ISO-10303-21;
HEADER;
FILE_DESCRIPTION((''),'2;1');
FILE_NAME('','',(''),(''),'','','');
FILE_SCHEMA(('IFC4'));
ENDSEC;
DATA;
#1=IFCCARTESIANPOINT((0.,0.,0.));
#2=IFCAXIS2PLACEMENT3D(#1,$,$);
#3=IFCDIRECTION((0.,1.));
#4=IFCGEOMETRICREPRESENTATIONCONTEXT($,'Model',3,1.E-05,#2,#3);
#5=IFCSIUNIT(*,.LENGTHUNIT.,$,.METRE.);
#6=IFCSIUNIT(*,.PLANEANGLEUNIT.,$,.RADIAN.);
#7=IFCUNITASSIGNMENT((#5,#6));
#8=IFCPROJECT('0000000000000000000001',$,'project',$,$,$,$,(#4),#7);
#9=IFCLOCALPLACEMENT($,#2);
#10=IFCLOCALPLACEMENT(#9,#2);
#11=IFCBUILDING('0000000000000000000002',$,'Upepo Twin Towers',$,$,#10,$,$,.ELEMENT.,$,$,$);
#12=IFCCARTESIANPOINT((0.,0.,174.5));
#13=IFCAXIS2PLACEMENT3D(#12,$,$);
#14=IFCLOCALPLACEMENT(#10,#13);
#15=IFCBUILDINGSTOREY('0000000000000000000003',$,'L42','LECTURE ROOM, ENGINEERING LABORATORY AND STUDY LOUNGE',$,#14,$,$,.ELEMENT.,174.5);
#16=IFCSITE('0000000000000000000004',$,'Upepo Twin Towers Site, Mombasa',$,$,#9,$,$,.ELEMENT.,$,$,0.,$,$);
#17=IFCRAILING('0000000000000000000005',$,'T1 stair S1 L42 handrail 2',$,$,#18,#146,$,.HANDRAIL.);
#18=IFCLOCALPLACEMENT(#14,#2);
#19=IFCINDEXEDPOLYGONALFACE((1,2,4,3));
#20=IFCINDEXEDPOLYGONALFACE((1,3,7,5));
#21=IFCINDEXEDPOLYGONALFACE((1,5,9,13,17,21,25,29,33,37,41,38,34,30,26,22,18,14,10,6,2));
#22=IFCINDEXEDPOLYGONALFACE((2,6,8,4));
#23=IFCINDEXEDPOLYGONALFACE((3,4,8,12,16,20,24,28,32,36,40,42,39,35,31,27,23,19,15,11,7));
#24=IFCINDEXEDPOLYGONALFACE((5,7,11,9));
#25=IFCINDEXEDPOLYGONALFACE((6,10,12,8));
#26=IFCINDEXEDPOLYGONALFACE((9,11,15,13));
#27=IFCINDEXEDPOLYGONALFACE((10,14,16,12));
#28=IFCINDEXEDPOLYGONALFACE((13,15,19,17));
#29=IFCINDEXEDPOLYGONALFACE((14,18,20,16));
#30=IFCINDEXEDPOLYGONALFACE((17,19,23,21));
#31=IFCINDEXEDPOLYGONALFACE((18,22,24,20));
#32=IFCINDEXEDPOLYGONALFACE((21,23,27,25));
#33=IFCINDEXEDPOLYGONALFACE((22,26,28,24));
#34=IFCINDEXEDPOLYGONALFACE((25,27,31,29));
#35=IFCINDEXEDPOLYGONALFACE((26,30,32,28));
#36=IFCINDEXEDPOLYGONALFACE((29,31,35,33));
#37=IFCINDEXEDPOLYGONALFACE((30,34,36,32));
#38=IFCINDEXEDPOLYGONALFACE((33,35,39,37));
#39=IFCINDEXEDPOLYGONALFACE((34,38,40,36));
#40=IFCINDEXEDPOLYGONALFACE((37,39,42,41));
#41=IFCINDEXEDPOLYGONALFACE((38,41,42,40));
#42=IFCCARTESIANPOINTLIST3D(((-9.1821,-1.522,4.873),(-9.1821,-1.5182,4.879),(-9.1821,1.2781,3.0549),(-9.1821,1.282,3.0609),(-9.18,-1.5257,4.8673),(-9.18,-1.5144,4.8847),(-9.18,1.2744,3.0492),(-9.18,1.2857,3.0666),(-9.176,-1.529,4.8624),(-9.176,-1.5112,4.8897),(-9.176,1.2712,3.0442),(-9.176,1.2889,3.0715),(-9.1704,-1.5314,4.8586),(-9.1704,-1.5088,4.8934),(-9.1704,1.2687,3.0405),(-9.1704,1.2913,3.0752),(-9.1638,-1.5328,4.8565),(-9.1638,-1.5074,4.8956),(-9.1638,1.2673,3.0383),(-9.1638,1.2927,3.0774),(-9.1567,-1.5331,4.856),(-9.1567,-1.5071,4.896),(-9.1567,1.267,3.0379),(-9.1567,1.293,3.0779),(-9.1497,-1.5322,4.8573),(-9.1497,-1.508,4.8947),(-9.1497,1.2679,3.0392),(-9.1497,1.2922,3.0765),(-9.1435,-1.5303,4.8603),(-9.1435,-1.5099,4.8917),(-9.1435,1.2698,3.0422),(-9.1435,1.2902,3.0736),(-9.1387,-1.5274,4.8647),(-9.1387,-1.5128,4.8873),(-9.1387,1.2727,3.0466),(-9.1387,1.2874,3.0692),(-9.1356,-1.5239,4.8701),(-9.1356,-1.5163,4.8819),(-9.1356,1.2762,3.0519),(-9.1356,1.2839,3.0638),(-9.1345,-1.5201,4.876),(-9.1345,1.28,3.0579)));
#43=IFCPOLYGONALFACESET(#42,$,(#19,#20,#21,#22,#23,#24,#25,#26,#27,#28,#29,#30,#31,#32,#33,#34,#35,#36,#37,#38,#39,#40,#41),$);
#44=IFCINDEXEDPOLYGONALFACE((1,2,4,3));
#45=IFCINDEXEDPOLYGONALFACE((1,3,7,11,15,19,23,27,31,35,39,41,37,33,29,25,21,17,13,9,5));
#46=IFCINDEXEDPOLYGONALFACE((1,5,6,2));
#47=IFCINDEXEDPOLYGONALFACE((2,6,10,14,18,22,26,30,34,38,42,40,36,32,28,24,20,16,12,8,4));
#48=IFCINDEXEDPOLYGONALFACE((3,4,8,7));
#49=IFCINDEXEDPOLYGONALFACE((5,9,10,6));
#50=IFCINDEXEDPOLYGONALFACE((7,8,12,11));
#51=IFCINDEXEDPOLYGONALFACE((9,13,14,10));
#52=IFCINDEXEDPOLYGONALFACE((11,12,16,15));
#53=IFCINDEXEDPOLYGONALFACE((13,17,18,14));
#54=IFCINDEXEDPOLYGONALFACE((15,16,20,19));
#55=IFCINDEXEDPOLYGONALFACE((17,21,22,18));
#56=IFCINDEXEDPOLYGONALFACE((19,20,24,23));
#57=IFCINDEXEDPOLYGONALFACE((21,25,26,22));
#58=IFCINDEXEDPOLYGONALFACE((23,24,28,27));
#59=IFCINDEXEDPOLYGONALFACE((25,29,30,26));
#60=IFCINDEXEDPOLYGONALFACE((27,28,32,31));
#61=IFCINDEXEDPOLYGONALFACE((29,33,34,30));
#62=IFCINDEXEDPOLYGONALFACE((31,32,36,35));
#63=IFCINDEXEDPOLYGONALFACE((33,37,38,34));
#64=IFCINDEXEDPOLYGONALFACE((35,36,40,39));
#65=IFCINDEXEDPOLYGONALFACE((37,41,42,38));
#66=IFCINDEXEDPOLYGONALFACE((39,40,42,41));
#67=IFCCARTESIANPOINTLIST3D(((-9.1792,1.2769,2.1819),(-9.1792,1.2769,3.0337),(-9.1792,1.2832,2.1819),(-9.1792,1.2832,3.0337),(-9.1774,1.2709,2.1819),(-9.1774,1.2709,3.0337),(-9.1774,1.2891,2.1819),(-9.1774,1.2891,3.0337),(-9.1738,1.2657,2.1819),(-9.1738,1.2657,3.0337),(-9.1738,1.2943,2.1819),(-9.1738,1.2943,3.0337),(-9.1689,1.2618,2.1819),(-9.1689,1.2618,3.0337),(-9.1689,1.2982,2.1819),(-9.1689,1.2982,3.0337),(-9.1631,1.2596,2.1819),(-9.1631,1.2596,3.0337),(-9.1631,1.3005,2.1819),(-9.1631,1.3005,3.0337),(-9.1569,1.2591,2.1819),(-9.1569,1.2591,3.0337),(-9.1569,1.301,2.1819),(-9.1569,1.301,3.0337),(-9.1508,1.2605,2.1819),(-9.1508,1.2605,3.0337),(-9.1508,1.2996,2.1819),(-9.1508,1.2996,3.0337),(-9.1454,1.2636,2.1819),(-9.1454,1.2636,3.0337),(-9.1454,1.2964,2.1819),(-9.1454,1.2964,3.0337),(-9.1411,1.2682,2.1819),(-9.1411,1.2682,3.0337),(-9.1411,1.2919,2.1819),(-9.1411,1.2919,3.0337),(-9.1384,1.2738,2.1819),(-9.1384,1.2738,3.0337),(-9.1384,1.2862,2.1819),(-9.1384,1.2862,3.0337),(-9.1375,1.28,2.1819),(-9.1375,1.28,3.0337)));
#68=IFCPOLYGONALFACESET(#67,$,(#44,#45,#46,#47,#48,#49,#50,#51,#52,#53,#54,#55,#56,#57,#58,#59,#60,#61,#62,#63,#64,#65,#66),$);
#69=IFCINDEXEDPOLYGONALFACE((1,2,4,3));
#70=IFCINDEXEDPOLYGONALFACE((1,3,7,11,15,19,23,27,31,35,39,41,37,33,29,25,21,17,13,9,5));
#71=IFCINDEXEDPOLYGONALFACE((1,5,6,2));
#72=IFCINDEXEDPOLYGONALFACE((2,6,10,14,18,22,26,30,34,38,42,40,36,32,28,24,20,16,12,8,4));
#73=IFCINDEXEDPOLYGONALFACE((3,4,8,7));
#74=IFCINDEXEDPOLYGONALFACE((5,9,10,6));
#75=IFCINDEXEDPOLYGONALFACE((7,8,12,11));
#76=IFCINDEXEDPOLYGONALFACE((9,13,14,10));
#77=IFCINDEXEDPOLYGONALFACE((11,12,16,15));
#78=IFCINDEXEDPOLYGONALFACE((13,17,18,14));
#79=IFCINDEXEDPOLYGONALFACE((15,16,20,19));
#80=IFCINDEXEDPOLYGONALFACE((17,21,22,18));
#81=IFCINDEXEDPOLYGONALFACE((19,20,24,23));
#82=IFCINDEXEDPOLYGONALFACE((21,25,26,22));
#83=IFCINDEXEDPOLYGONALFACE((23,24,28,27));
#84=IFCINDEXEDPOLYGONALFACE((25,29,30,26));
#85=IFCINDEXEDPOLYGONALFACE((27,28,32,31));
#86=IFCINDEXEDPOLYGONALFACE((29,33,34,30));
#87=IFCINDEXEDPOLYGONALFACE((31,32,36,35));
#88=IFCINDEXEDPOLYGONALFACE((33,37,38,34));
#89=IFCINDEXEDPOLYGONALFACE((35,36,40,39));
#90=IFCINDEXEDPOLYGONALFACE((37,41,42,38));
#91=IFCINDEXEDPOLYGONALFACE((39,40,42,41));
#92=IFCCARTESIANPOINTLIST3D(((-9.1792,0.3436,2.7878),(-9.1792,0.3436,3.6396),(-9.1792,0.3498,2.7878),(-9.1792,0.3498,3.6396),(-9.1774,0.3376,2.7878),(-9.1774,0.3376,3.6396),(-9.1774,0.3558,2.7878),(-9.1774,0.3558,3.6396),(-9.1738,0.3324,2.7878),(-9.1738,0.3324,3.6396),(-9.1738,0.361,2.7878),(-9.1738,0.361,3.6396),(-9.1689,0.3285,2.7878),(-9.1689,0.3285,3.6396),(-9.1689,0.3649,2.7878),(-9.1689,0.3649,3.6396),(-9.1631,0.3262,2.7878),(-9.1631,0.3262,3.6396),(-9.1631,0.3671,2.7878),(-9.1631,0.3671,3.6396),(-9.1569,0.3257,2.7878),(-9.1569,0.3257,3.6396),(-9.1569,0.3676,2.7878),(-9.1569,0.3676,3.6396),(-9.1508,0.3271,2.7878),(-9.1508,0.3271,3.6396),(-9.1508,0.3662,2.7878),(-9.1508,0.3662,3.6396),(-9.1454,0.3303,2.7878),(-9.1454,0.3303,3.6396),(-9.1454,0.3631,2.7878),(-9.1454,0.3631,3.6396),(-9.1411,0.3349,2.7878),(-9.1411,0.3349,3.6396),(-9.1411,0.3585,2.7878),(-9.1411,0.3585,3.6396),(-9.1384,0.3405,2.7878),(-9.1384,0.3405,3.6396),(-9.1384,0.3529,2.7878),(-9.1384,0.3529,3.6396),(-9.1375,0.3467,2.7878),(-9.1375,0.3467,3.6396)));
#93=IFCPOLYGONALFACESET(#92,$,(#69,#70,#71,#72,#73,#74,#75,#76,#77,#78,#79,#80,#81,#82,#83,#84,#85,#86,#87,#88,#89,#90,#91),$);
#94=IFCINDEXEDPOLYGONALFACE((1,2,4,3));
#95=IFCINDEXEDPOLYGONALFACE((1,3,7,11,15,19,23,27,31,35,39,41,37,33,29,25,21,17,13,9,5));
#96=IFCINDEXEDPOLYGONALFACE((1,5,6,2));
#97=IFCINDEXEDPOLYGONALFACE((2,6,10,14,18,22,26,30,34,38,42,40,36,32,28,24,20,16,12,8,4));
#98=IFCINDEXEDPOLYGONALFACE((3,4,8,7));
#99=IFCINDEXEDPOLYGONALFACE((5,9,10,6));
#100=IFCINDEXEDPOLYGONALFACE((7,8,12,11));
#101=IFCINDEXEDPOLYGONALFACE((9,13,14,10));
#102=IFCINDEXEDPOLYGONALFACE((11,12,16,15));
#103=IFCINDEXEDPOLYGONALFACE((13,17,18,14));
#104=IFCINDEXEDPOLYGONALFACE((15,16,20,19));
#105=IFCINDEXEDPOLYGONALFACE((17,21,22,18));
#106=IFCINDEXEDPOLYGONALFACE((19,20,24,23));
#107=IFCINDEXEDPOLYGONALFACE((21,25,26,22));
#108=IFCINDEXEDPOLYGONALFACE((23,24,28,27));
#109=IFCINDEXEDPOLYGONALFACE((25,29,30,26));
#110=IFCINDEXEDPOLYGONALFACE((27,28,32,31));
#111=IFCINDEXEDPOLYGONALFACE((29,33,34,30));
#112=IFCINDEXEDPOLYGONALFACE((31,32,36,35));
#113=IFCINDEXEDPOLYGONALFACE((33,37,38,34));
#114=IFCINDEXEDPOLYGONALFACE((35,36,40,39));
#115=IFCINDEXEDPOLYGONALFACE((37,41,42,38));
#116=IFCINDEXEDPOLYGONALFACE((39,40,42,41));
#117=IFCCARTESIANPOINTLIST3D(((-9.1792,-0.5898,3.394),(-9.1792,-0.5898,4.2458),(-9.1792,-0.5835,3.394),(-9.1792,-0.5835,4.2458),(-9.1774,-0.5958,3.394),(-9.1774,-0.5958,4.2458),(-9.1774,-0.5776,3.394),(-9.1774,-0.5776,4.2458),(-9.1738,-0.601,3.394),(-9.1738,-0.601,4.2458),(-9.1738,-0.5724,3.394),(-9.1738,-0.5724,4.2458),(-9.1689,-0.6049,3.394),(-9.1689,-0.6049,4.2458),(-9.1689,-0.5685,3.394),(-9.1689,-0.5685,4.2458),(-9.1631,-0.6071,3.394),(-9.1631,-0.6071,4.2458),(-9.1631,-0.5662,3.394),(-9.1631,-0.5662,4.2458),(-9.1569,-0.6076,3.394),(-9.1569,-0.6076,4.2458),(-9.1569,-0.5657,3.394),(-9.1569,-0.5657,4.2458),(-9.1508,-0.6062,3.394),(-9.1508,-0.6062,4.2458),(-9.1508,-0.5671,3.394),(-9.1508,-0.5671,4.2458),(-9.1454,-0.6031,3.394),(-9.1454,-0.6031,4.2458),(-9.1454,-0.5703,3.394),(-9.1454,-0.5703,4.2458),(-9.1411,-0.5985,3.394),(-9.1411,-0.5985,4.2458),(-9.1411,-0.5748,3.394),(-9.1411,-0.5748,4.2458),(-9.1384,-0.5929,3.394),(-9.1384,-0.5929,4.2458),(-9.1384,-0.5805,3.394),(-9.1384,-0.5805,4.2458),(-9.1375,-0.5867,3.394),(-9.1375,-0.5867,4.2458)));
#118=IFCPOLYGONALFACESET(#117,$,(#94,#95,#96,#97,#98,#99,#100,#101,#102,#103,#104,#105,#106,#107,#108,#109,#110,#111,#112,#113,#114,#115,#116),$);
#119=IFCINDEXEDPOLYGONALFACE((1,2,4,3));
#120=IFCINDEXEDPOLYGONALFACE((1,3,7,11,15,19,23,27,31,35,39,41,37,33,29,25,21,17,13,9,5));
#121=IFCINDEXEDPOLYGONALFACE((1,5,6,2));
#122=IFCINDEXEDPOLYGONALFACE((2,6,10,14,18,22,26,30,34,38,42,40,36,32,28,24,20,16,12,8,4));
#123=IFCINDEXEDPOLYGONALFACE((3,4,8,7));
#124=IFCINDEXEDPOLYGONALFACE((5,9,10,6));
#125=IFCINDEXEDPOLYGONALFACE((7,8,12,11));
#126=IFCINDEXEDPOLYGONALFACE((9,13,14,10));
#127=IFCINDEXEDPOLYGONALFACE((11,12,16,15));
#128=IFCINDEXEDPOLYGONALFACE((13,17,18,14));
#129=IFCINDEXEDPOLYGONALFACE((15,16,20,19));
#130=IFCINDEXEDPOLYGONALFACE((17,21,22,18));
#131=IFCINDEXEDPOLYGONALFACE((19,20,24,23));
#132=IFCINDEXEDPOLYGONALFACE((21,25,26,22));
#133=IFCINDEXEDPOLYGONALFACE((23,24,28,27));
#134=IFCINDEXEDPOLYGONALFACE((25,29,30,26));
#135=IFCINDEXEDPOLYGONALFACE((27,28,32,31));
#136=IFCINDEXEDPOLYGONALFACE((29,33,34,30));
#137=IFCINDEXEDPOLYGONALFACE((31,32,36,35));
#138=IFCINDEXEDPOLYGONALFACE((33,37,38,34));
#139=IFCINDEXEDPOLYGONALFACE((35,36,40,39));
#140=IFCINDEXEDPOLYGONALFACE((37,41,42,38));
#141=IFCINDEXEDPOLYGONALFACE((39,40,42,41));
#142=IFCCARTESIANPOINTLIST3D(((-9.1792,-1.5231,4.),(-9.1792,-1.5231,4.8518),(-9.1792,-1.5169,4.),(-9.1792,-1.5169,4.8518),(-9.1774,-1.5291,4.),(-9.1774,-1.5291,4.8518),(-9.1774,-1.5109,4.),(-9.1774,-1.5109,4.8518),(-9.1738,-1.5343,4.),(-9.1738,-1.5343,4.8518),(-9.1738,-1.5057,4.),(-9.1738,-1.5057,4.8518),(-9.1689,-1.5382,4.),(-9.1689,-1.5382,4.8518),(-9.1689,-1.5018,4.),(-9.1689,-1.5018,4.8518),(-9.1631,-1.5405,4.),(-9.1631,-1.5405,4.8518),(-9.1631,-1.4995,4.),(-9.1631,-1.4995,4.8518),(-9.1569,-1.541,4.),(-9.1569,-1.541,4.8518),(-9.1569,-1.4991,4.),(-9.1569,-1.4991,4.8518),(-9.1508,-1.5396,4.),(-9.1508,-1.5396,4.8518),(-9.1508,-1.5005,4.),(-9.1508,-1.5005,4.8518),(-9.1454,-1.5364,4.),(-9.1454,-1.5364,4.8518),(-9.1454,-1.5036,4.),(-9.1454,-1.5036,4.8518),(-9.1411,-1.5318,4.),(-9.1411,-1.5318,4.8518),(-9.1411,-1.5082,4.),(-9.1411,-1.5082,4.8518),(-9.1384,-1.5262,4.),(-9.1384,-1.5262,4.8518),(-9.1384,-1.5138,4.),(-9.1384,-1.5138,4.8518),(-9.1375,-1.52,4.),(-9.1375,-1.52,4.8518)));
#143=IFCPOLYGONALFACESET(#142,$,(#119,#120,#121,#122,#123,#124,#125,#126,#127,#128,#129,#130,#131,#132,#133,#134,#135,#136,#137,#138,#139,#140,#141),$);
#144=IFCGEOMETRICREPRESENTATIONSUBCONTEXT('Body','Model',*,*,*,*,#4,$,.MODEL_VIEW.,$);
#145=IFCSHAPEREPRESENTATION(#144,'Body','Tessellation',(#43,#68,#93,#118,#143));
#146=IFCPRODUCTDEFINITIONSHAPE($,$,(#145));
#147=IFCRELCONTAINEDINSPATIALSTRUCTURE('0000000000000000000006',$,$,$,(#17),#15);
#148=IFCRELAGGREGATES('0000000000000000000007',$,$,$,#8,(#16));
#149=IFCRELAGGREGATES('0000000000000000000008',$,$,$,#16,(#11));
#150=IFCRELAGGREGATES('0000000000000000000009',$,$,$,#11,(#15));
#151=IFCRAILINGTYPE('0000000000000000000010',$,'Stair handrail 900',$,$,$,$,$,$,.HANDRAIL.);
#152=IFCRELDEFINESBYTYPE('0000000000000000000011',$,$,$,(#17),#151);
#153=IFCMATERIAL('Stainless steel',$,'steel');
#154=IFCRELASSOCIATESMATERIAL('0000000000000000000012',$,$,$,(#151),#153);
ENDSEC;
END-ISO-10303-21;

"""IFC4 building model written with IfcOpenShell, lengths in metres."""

from ifc_helpers import new_model, si_unit, direction, frame, origin, origin_2d, place, context, subcontext, project, spatial, circle, extrude, material, type_object, element, save


model = new_model("IFC4")

# Units and contexts
model_context = context("Model", 3, precision=1e-05, world=origin(), true_north=direction((0.0, 1.0)))
body_context = subcontext(model_context, "Body", "Model", "MODEL_VIEW")
ifc_project = project(units=[si_unit("LENGTHUNIT", "METRE"), si_unit("PLANEANGLEUNIT", "RADIAN")], contexts=[model_context])

# Site, building, storey
site_placement = place(None, origin())
site = spatial("IfcSite", under=ifc_project, at=site_placement, Name="Upepo Twin Towers Site, Mombasa", CompositionType="ELEMENT", RefElevation=0.0)
building_placement = place(site_placement, origin())
building = spatial("IfcBuilding", under=site, at=building_placement, Name="Upepo Twin Towers", CompositionType="ELEMENT")
storey_placement = place(building_placement, frame((0.0, 0.0, 174.5)))
storey = spatial("IfcBuildingStorey", under=building, at=storey_placement, Name="L42", Description="LECTURE ROOM, ENGINEERING LABORATORY AND STUDY LOUNGE", CompositionType="ELEMENT", Elevation=174.5)

# Railing
ifc_material_1 = material(Name="Stainless steel", Category="steel")
railing_type = type_object("IfcRailingType", Name="Stair handrail 900", PredefinedType="HANDRAIL", material=ifc_material_1)
railing_1_placement = place(storey_placement, frame((-9.1584, 1.28, 2.1819)))
element("IfcRailing", 1, at=railing_1_placement, inside=storey, type_object=railing_type, Name="T1 stair S1 L42 handrail 2", PredefinedType="HANDRAIL", context=body_context, shape_type="SweptSolid", body=[
    extrude(circle(Radius=0.0239, at=origin_2d()), frame((0.0, 0.0, 0.876), z_axis=(0.0, -0.838706, 0.544585), x_axis=(1.0, 0.0, 0.0)), (0.0, 0.0, 1.0), 3.3386),
    extrude(circle(Radius=0.021, at=origin_2d()), origin(), (0.0, 0.0, 1.0), 0.8518),
    extrude(circle(Radius=0.021, at=origin_2d()), frame((0.0, -0.9333, 0.606)), (0.0, 0.0, 1.0), 0.8518),
    extrude(circle(Radius=0.021, at=origin_2d()), frame((0.0, -1.8667, 1.2122)), (0.0, 0.0, 1.0), 0.8518),
    extrude(circle(Radius=0.021, at=origin_2d()), frame((0.0, -2.8, 1.8181)), (0.0, 0.0, 1.0), 0.8518),
])

save(model, "model.ifc")
